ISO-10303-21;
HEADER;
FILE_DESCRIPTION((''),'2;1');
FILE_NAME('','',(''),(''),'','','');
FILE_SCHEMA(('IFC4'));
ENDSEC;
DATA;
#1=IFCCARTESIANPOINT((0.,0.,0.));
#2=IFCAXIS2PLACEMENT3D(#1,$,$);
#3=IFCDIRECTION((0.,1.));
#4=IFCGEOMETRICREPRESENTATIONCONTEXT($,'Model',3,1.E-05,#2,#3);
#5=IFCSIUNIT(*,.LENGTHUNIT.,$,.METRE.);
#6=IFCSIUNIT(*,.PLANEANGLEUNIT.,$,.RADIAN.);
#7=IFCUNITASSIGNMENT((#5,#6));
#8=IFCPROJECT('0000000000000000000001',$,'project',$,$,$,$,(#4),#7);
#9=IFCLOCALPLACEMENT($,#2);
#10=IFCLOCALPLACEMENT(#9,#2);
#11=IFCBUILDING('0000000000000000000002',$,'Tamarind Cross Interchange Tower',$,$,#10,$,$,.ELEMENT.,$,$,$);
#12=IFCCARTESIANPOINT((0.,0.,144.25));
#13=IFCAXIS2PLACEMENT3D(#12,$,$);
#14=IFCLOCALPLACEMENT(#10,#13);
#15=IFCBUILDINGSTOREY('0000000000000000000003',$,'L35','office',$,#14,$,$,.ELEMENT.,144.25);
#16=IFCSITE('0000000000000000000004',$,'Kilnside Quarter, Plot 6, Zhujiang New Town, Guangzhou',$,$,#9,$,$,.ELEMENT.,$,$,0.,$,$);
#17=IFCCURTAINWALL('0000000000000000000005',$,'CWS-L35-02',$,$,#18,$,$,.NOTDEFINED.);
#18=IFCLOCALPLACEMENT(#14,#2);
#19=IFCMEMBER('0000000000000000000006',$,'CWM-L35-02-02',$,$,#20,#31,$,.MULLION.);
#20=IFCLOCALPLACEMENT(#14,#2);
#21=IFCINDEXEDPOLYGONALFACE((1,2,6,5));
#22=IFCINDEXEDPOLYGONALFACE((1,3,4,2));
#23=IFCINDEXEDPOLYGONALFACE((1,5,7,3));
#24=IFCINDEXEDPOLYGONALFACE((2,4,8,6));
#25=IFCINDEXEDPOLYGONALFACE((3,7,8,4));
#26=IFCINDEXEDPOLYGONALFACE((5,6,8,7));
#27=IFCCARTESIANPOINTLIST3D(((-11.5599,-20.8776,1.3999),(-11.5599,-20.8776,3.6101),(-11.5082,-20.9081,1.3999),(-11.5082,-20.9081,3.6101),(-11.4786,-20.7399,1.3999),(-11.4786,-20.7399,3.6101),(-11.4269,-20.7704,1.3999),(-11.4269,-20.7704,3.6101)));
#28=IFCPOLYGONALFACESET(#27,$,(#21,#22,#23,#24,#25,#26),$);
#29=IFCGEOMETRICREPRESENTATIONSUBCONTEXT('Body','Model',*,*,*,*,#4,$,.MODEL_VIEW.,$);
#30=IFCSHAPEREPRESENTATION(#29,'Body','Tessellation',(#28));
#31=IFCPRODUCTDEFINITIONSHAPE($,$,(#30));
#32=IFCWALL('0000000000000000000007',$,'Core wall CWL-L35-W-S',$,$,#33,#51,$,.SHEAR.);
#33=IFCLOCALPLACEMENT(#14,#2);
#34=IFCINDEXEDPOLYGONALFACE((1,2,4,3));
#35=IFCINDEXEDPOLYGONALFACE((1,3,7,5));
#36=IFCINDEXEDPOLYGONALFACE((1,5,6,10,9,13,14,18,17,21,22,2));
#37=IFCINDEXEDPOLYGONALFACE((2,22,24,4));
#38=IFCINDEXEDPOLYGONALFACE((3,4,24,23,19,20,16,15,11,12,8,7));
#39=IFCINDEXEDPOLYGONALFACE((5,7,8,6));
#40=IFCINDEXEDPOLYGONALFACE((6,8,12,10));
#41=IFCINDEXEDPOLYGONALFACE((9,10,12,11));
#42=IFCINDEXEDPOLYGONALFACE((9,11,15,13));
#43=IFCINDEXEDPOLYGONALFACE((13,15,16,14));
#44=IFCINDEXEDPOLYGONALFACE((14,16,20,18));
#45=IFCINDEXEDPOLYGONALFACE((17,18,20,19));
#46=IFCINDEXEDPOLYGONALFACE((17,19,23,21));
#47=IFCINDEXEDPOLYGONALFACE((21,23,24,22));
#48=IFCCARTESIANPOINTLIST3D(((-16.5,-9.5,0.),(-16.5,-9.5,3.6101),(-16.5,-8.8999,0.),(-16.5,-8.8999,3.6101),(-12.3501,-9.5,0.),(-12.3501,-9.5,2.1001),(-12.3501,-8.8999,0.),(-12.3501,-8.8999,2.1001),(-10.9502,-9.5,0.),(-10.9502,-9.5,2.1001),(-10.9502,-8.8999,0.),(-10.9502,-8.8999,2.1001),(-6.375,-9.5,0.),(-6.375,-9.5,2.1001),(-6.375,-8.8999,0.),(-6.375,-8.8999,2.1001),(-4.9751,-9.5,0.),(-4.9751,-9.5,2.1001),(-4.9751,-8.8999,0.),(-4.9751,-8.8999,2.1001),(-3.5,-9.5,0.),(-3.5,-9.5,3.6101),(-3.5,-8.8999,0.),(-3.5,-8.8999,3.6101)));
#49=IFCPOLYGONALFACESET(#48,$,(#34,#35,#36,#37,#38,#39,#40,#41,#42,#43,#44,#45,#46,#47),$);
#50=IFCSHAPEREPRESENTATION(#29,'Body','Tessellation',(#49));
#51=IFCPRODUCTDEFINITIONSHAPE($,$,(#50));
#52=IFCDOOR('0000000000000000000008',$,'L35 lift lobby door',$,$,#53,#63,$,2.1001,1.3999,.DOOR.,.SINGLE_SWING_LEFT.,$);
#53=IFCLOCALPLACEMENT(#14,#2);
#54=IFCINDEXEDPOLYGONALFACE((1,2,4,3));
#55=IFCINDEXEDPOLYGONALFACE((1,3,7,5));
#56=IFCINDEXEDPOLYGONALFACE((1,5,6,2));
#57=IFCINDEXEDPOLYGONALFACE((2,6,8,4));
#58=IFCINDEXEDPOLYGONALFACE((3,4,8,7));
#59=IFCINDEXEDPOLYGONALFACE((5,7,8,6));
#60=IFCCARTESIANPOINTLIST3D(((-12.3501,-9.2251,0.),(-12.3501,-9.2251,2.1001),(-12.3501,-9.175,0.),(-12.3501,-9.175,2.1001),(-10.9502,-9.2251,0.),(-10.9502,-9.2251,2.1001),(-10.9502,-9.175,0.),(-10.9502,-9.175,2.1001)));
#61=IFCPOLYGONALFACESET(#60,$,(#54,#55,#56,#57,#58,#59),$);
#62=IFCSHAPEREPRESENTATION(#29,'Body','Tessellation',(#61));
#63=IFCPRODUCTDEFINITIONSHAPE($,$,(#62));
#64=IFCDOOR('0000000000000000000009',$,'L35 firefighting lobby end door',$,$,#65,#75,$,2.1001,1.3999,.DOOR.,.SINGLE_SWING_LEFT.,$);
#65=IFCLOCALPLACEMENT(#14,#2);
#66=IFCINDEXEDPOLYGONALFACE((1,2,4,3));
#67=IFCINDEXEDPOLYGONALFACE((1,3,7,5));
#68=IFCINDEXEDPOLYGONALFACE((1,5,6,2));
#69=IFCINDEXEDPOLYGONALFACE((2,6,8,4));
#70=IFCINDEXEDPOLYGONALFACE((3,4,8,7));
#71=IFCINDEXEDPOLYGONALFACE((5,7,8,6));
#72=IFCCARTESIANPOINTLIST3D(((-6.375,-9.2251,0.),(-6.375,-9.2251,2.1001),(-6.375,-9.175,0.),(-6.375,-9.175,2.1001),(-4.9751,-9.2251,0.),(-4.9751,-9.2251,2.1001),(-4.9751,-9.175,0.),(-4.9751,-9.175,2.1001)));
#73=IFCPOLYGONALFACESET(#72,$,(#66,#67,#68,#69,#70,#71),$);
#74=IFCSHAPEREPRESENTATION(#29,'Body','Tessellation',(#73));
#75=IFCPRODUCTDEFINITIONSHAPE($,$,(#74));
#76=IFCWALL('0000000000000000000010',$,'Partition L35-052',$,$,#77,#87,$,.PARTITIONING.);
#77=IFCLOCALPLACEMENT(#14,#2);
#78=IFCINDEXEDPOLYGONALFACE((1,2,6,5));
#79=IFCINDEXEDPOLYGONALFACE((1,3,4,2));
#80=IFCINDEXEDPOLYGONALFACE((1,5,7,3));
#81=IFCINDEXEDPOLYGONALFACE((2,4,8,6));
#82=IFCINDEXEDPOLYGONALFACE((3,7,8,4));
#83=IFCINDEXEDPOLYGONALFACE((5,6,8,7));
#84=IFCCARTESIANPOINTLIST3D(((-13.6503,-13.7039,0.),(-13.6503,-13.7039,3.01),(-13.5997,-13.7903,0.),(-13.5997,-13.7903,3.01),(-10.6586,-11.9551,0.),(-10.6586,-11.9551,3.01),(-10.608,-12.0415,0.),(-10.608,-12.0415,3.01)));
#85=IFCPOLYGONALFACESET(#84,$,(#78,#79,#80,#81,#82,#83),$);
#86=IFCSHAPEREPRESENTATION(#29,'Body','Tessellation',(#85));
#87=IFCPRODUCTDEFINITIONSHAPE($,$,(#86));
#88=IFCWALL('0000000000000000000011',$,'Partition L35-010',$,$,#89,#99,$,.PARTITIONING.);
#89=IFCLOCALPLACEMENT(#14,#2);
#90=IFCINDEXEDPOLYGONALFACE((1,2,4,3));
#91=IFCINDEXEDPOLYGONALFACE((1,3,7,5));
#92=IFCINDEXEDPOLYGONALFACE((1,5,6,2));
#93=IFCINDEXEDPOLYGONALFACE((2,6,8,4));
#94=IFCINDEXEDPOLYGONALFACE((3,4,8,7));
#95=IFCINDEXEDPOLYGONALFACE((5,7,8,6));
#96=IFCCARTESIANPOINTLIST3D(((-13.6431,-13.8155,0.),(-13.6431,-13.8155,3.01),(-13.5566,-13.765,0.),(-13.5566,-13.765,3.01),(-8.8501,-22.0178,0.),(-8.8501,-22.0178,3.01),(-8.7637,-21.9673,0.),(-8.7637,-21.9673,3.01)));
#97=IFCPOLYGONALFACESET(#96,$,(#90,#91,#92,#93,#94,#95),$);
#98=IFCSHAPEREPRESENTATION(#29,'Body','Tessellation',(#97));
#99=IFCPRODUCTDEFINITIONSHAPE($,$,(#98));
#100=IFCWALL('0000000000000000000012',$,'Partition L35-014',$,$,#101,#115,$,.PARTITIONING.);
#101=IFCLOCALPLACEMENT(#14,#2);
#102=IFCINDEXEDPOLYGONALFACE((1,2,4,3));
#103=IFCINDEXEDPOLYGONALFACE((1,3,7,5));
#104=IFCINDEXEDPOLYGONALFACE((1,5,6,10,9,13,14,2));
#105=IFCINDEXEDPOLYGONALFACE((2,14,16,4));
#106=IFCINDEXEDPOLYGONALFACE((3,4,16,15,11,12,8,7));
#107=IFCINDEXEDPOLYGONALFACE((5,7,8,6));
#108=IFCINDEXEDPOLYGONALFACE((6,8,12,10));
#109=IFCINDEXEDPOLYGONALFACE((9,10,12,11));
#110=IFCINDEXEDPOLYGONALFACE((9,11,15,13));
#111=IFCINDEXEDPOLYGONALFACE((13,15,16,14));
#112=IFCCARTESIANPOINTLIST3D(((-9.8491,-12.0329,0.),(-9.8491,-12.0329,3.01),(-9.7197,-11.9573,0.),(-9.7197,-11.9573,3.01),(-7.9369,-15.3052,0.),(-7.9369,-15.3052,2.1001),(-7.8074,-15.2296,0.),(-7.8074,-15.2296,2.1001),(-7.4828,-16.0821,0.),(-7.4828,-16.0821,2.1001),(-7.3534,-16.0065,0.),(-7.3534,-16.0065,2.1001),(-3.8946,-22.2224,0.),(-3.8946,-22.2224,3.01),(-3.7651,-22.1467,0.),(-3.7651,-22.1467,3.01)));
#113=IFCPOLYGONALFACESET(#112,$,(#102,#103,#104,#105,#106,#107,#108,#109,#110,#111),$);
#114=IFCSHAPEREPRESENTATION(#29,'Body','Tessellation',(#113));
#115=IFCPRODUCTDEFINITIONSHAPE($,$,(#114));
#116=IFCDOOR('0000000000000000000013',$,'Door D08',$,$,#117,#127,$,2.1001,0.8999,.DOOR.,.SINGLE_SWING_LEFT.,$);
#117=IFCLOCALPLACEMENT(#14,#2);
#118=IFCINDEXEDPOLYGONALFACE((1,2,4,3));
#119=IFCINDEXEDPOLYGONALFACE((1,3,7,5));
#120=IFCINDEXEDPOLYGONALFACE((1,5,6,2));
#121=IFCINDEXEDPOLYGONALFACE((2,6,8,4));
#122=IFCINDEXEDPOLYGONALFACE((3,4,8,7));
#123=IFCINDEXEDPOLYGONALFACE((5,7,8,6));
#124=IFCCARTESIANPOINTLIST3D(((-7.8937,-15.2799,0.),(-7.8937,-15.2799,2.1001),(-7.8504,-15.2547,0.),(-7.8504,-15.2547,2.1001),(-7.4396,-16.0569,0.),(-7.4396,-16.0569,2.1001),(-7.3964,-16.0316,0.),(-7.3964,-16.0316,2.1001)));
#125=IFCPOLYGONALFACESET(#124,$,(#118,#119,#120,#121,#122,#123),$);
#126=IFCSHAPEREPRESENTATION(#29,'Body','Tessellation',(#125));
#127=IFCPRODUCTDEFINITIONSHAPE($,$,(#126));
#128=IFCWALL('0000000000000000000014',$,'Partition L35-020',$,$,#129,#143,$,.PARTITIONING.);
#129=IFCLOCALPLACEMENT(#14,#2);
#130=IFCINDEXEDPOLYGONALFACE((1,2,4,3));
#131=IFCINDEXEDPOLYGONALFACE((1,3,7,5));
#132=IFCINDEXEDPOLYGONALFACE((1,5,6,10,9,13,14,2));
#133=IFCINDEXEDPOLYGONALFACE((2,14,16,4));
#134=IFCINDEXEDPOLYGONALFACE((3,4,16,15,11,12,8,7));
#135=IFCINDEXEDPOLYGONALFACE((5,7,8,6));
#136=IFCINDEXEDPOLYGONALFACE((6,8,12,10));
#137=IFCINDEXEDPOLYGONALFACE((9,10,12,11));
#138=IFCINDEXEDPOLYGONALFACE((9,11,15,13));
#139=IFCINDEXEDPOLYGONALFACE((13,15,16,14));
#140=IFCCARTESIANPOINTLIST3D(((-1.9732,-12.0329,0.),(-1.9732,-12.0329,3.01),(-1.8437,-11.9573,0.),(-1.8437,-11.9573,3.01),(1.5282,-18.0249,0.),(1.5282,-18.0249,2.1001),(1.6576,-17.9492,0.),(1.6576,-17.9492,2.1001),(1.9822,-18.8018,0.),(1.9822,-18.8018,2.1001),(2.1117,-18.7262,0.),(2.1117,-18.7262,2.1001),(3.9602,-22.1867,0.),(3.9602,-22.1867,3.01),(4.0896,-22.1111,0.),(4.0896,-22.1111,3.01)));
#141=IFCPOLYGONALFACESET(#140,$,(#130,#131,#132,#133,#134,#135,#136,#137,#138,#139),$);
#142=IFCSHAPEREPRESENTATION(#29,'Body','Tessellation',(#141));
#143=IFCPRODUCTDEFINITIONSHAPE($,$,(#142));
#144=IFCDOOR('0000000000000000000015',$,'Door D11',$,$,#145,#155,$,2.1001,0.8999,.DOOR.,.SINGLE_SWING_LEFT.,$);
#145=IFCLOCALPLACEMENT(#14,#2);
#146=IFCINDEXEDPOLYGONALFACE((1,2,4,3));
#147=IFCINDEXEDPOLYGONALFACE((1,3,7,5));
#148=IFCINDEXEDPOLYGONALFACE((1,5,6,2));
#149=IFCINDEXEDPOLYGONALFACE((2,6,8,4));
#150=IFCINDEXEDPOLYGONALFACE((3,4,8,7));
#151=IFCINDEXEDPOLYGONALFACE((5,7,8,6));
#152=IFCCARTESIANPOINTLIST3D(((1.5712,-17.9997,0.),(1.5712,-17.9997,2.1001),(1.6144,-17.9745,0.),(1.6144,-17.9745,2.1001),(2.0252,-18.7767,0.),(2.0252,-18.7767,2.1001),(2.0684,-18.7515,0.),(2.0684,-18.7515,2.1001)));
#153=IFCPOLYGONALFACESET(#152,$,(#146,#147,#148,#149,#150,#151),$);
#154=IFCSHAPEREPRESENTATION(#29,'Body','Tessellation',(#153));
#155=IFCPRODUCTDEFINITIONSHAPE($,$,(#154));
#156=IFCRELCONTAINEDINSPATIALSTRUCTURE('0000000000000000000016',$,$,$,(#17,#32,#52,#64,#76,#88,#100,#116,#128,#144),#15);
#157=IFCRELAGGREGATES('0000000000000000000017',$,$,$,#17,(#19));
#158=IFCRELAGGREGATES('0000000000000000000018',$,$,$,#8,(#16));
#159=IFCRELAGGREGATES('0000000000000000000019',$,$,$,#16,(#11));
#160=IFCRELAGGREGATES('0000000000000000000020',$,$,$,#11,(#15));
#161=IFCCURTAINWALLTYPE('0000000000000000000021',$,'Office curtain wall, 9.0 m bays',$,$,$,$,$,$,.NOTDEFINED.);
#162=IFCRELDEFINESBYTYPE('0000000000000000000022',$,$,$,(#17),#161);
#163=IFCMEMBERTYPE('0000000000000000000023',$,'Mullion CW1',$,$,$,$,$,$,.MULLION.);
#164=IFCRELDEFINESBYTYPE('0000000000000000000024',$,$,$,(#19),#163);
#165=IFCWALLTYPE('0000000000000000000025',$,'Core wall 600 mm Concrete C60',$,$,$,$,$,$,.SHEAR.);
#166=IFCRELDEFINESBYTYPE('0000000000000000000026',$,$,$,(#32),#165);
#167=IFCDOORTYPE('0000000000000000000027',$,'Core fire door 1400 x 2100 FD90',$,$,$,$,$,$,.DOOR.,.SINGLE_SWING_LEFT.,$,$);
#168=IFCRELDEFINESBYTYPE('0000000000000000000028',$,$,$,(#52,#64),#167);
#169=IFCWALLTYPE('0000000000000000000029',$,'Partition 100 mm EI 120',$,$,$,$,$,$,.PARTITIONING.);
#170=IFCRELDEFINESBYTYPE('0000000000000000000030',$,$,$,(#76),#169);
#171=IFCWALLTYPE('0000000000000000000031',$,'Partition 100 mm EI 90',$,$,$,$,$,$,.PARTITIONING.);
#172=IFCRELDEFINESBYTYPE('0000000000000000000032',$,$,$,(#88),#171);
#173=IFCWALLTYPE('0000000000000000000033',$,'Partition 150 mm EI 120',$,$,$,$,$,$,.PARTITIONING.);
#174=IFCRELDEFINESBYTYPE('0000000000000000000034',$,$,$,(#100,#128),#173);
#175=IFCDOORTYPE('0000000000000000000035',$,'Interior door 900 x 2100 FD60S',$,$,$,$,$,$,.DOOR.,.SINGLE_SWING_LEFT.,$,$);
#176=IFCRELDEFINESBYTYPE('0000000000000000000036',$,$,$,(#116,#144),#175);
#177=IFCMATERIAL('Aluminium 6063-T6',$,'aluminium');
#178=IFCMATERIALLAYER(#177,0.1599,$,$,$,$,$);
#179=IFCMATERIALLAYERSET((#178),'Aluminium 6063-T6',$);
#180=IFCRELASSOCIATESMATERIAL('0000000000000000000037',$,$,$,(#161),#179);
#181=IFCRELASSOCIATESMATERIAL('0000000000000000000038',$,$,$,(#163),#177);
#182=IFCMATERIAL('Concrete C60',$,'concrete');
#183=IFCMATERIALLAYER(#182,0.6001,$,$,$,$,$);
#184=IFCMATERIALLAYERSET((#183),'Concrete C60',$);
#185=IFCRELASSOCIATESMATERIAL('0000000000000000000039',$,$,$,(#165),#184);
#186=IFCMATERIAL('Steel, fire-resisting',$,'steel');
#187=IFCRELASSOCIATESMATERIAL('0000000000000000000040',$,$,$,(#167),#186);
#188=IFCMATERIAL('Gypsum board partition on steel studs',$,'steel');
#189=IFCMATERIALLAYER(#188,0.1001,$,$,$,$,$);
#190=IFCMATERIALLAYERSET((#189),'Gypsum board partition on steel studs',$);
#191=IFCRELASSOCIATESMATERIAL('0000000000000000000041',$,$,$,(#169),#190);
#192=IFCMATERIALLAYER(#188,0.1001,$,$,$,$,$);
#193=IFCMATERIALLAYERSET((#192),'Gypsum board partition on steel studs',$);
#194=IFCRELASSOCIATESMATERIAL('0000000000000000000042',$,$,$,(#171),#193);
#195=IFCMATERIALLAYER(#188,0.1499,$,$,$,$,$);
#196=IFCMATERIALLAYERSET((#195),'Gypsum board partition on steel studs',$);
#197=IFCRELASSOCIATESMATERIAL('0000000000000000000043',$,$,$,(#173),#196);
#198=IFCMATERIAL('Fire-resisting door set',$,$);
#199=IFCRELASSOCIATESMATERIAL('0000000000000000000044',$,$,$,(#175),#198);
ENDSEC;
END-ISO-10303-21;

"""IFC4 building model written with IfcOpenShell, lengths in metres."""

from ifc_helpers import new_model, si_unit, direction, frame, frame_2d, origin, origin_2d, place, context, subcontext, project, spatial, rectangle, extrude, material, layer, layer_set, material_profile, profile_set, type_object, element, fill, aggregate, save


model = new_model("IFC4")

# Units and contexts
model_context = context("Model", 3, precision=1e-05, world=origin(), true_north=direction((0.0, 1.0)))
body_context = subcontext(model_context, "Body", "Model", "MODEL_VIEW")
ifc_project = project(units=[si_unit("LENGTHUNIT", "METRE"), si_unit("PLANEANGLEUNIT", "RADIAN")], contexts=[model_context])

# Site, building, storey
site_placement = place(None, origin())
site = spatial("IfcSite", under=ifc_project, at=site_placement, Name="Kilnside Quarter, Plot 6, Zhujiang New Town, Guangzhou", CompositionType="ELEMENT", RefElevation=0.0)
building_placement = place(site_placement, origin())
building = spatial("IfcBuilding", under=site, at=building_placement, Name="Tamarind Cross Interchange Tower", CompositionType="ELEMENT")
storey_placement = place(building_placement, frame((0.0, 0.0, 144.25)))
storey = spatial("IfcBuildingStorey", under=building, at=storey_placement, Name="L35", Description="office", CompositionType="ELEMENT", Elevation=144.25)

# Shared definitions
ifc_material_1 = material(Name="Concrete C60", Category="concrete")

# Curtain wall, member
ifc_material_2 = material(Name="Aluminium 6063-T6", Category="aluminium")
ifc_layer_1 = layer(ifc_material_2, 0.1599)
ifc_layer_set_1 = layer_set([ifc_layer_1], Name="Aluminium 6063-T6")
curtain_wall_type = type_object("IfcCurtainWallType", Name="Office curtain wall, 9.0 m bays", PredefinedType="NOTDEFINED", material=ifc_layer_set_1)
curtain_wall_placement = place(storey_placement, origin())
curtain_wall = element("IfcCurtainWall", 1, at=curtain_wall_placement, inside=storey, type_object=curtain_wall_type, Name="CWS-L35-02", PredefinedType="NOTDEFINED")
ifc_material_profile_1 = material_profile(ifc_material_2, rectangle(XDim=0.0601, YDim=0.1599, at=origin_2d()), Name="Mullion CW1")
ifc_profile_set_1 = profile_set([ifc_material_profile_1], Name="Aluminium 6063-T6")
member_type = type_object("IfcMemberType", Name="Mullion CW1", PredefinedType="MULLION", material=ifc_profile_set_1)
member_placement = place(storey_placement, frame((-11.4934, -20.824, 1.3999), z_axis=(0.0, 0.0, 1.0), x_axis=(0.861249, -0.508183, 0.0)))
member = element("IfcMember", 2, at=member_placement, type_object=member_type, Name="CWM-L35-02-02", PredefinedType="MULLION", context=body_context, shape_type="SweptSolid", body=[
    extrude(rectangle(XDim=0.0601, YDim=0.1599, at=origin_2d()), origin(), (0.0, 0.0, 1.0), 2.2102),
])
aggregate(curtain_wall, [member])

# Wall, openings, doors
ifc_layer_2 = layer(ifc_material_1, 0.6001)
ifc_layer_set_2 = layer_set([ifc_layer_2], Name="Concrete C60")
wall_type_1 = type_object("IfcWallType", Name="Core wall 600 mm Concrete C60", PredefinedType="SHEAR", material=ifc_layer_set_2)
wall_1_placement = place(storey_placement, frame((-16.5, -9.2, 0.0), z_axis=(0.0, 0.0, 1.0), x_axis=(1.0, 0.0, 0.0)))
wall_1 = element("IfcWall", 3, at=wall_1_placement, inside=storey, type_object=wall_type_1, Name="Core wall CWL-L35-W-S", PredefinedType="SHEAR", context=body_context, shape_type="SweptSolid", body=[
    extrude(rectangle(XDim=13.0, YDim=0.6001, at=frame_2d((6.5, 0.0))), origin(), (0.0, 0.0, 1.0), 3.6101),
])
opening_1_placement = place(wall_1_placement, frame((4.1499, 0.0, 0.0)))
opening_1 = element("IfcOpeningElement", 4, at=opening_1_placement, cuts=wall_1, PredefinedType="OPENING", context=body_context, shape_type="SweptSolid", body=[
    extrude(rectangle(XDim=1.3999, YDim=2.1001, at=frame_2d((0.7, 1.05))), frame((0.0, 0.3101, 0.0), z_axis=(0.0, -1.0, 0.0), x_axis=(1.0, 0.0, 0.0)), (0.0, 0.0, 1.0), 0.6201),
])
opening_2_placement = place(wall_1_placement, frame((10.125, 0.0, 0.0)))
opening_2 = element("IfcOpeningElement", 5, at=opening_2_placement, cuts=wall_1, PredefinedType="OPENING", context=body_context, shape_type="SweptSolid", body=[
    extrude(rectangle(XDim=1.3999, YDim=2.1001, at=frame_2d((0.7, 1.05))), frame((0.0, 0.3101, 0.0), z_axis=(0.0, -1.0, 0.0), x_axis=(1.0, 0.0, 0.0)), (0.0, 0.0, 1.0), 0.6201),
])
ifc_material_3 = material(Name="Steel, fire-resisting", Category="steel")
door_type_1 = type_object("IfcDoorType", Name="Core fire door 1400 x 2100 FD90", OperationType="SINGLE_SWING_LEFT", PredefinedType="DOOR", material=ifc_material_3)
door_1_placement = place(opening_1_placement, origin())
door_1 = element("IfcDoor", 6, at=door_1_placement, inside=storey, type_object=door_type_1, Name="L35 lift lobby door", OperationType="SINGLE_SWING_LEFT", OverallHeight=2.1001, OverallWidth=1.3999, PredefinedType="DOOR", context=body_context, shape_type="SweptSolid", body=[
    extrude(rectangle(XDim=1.3999, YDim=2.1001, at=frame_2d((0.7, 1.05))), frame((0.0, 0.0249, 0.0), z_axis=(0.0, -1.0, 0.0), x_axis=(1.0, 0.0, 0.0)), (0.0, 0.0, 1.0), 0.05),
])
fill(opening_1, door_1)
door_2_placement = place(opening_2_placement, origin())
door_2 = element("IfcDoor", 7, at=door_2_placement, inside=storey, type_object=door_type_1, Name="L35 firefighting lobby end door", OperationType="SINGLE_SWING_LEFT", OverallHeight=2.1001, OverallWidth=1.3999, PredefinedType="DOOR", context=body_context, shape_type="SweptSolid", body=[
    extrude(rectangle(XDim=1.3999, YDim=2.1001, at=frame_2d((0.7, 1.05))), frame((0.0, 0.0249, 0.0), z_axis=(0.0, -1.0, 0.0), x_axis=(1.0, 0.0, 0.0)), (0.0, 0.0, 1.0), 0.05),
])
fill(opening_2, door_2)

# Walls
ifc_material_4 = material(Name="Gypsum board partition on steel studs", Category="steel")
ifc_layer_3 = layer(ifc_material_4, 0.1001)
ifc_layer_set_3 = layer_set([ifc_layer_3], Name="Gypsum board partition on steel studs")
wall_type_2 = type_object("IfcWallType", Name="Partition 100 mm EI 120", PredefinedType="PARTITIONING", material=ifc_layer_set_3)
wall_2_placement = place(storey_placement, frame((-13.625, -13.7471, 0.0), z_axis=(0.0, 0.0, 1.0), x_axis=(0.863324, 0.504651, 0.0)))
element("IfcWall", 8, at=wall_2_placement, inside=storey, type_object=wall_type_2, Name="Partition L35-052", PredefinedType="PARTITIONING", context=body_context, shape_type="SweptSolid", body=[
    extrude(rectangle(XDim=3.4653, YDim=0.1001, at=frame_2d((1.7327, 0.0))), origin(), (0.0, 0.0, 1.0), 3.01),
])
ifc_layer_4 = layer(ifc_material_4, 0.1001)
ifc_layer_set_4 = layer_set([ifc_layer_4], Name="Gypsum board partition on steel studs")
wall_type_3 = type_object("IfcWallType", Name="Partition 100 mm EI 90", PredefinedType="PARTITIONING", material=ifc_layer_set_4)
wall_3_placement = place(storey_placement, frame((-13.5999, -13.7903, 0.0), z_axis=(0.0, 0.0, 1.0), x_axis=(0.504518, -0.863401, 0.0)))
element("IfcWall", 9, at=wall_3_placement, inside=storey, type_object=wall_type_3, Name="Partition L35-010", PredefinedType="PARTITIONING", context=body_context, shape_type="SweptSolid", body=[
    extrude(rectangle(XDim=9.5, YDim=0.1001, at=frame_2d((4.75, 0.0))), origin(), (0.0, 0.0, 1.0), 3.01),
])

# Walls, openings, doors
ifc_layer_5 = layer(ifc_material_4, 0.1499)
ifc_layer_set_5 = layer_set([ifc_layer_5], Name="Gypsum board partition on steel studs")
wall_type_4 = type_object("IfcWallType", Name="Partition 150 mm EI 120", PredefinedType="PARTITIONING", material=ifc_layer_set_5)
wall_4_placement = place(storey_placement, frame((-9.7844, -11.9951, 0.0), z_axis=(0.0, 0.0, 1.0), x_axis=(0.50455, -0.863382, 0.0)))
wall_4 = element("IfcWall", 10, at=wall_4_placement, inside=storey, type_object=wall_type_4, Name="Partition L35-014", PredefinedType="PARTITIONING", context=body_context, shape_type="SweptSolid", body=[
    extrude(rectangle(XDim=11.8018, YDim=0.1499, at=frame_2d((5.9009, 0.0))), origin(), (0.0, 0.0, 1.0), 3.01),
])
opening_3_placement = place(wall_4_placement, frame((3.79, 0.0, 0.0)))
opening_3 = element("IfcOpeningElement", 11, at=opening_3_placement, cuts=wall_4, PredefinedType="OPENING", context=body_context, shape_type="SweptSolid", body=[
    extrude(rectangle(XDim=0.8999, YDim=2.1001, at=frame_2d((0.45, 1.05))), frame((0.0, 0.085, 0.0), z_axis=(0.0, -1.0, 0.0), x_axis=(1.0, 0.0, 0.0)), (0.0, 0.0, 1.0), 0.1699),
])
ifc_material_5 = material(Name="Fire-resisting door set")
door_type_2 = type_object("IfcDoorType", Name="Interior door 900 x 2100 FD60S", OperationType="SINGLE_SWING_LEFT", PredefinedType="DOOR", material=ifc_material_5)
door_3_placement = place(opening_3_placement, frame((0.8999, 0.0, 0.0), z_axis=(0.0, 0.0, 1.0), x_axis=(-1.0, 0.0, 0.0)))
door_3 = element("IfcDoor", 12, at=door_3_placement, inside=storey, type_object=door_type_2, Name="Door D08", OperationType="SINGLE_SWING_LEFT", OverallHeight=2.1001, OverallWidth=0.8999, PredefinedType="DOOR", context=body_context, shape_type="SweptSolid", body=[
    extrude(rectangle(XDim=0.8999, YDim=2.1001, at=frame_2d((0.45, 1.05))), frame((0.0, 0.0249, 0.0), z_axis=(0.0, -1.0, 0.0), x_axis=(1.0, 0.0, 0.0)), (0.0, 0.0, 1.0), 0.05),
])
fill(opening_3, door_3)
wall_5_placement = place(storey_placement, frame((-1.9084, -11.9951, 0.0), z_axis=(0.0, 0.0, 1.0), x_axis=(0.504524, -0.863398, 0.0)))
wall_5 = element("IfcWall", 13, at=wall_5_placement, inside=storey, type_object=wall_type_4, Name="Partition L35-020", PredefinedType="PARTITIONING", context=body_context, shape_type="SweptSolid", body=[
    extrude(rectangle(XDim=11.7603, YDim=0.1499, at=frame_2d((5.8801, 0.0))), origin(), (0.0, 0.0, 1.0), 3.01),
])
opening_4_placement = place(wall_5_placement, frame((6.9399, 0.0, 0.0)))
opening_4 = element("IfcOpeningElement", 14, at=opening_4_placement, cuts=wall_5, PredefinedType="OPENING", context=body_context, shape_type="SweptSolid", body=[
    extrude(rectangle(XDim=0.8999, YDim=2.1001, at=frame_2d((0.45, 1.05))), frame((0.0, 0.085, 0.0), z_axis=(0.0, -1.0, 0.0), x_axis=(1.0, 0.0, 0.0)), (0.0, 0.0, 1.0), 0.1699),
])
door_4_placement = place(opening_4_placement, origin())
door_4 = element("IfcDoor", 15, at=door_4_placement, inside=storey, type_object=door_type_2, Name="Door D11", OperationType="SINGLE_SWING_LEFT", OverallHeight=2.1001, OverallWidth=0.8999, PredefinedType="DOOR", context=body_context, shape_type="SweptSolid", body=[
    extrude(rectangle(XDim=0.8999, YDim=2.1001, at=frame_2d((0.45, 1.05))), frame((0.0, 0.0249, 0.0), z_axis=(0.0, -1.0, 0.0), x_axis=(1.0, 0.0, 0.0)), (0.0, 0.0, 1.0), 0.05),
])
fill(opening_4, door_4)

save(model, "model.ifc")
